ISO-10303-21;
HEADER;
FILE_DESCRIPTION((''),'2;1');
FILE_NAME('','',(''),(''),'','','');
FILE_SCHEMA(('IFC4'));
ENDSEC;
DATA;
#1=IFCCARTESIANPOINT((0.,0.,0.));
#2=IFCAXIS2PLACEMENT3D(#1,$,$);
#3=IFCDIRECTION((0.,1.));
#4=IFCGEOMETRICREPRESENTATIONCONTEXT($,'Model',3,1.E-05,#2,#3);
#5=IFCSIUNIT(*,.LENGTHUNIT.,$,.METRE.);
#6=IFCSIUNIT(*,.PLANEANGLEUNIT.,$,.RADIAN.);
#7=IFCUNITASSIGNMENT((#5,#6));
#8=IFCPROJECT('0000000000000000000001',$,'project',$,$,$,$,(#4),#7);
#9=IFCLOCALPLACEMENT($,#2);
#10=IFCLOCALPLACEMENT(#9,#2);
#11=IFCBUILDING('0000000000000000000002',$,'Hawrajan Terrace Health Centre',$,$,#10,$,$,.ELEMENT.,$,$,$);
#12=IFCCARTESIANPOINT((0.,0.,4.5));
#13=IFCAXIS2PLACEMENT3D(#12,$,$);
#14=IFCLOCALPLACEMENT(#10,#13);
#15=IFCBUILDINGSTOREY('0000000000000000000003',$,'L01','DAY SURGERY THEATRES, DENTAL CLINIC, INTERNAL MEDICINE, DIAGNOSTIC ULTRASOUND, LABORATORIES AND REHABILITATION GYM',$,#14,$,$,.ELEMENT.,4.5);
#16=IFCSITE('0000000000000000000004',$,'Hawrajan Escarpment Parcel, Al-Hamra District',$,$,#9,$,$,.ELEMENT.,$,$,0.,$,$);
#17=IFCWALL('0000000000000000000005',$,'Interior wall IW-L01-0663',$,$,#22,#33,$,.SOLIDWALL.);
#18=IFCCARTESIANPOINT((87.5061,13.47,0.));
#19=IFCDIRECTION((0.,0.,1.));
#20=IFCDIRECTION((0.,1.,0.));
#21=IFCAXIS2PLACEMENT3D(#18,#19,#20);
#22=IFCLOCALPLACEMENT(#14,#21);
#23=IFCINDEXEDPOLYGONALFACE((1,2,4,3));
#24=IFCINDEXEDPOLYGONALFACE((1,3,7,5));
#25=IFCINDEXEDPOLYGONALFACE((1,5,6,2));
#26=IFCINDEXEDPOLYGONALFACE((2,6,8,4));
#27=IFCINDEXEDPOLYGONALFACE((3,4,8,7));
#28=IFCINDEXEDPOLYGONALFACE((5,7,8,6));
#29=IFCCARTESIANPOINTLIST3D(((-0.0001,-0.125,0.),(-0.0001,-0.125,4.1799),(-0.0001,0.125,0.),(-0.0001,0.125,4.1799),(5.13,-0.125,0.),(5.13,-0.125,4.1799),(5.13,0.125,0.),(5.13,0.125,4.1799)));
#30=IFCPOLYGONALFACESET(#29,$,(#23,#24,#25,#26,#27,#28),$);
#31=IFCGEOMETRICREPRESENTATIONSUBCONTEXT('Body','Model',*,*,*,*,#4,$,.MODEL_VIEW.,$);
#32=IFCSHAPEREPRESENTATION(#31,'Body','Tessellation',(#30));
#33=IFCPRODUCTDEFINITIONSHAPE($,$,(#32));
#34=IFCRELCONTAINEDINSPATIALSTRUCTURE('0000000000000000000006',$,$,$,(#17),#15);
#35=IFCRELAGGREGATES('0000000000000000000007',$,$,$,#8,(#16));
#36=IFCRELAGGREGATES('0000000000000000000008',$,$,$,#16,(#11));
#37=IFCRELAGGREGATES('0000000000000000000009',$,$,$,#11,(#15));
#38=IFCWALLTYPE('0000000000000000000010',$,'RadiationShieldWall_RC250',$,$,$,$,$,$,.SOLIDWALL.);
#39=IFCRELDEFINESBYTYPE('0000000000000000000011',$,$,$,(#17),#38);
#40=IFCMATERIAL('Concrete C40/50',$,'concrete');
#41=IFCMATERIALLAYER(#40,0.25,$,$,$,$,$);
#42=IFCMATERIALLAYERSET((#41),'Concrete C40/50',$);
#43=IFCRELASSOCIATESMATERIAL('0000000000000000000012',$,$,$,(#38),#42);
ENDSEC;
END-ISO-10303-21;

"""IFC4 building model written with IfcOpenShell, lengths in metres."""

from ifc_helpers import new_model, si_unit, direction, frame, frame_2d, origin, place, context, subcontext, project, spatial, rectangle, extrude, material, layer, layer_set, type_object, element, save


model = new_model("IFC4")

# Units and contexts
model_context = context("Model", 3, precision=1e-05, world=origin(), true_north=direction((0.0, 1.0)))
body_context = subcontext(model_context, "Body", "Model", "MODEL_VIEW")
ifc_project = project(units=[si_unit("LENGTHUNIT", "METRE"), si_unit("PLANEANGLEUNIT", "RADIAN")], contexts=[model_context])

# Site, building, storey
site_placement = place(None, origin())
site = spatial("IfcSite", under=ifc_project, at=site_placement, Name="Hawrajan Escarpment Parcel, Al-Hamra District", CompositionType="ELEMENT", RefElevation=0.0)
building_placement = place(site_placement, origin())
building = spatial("IfcBuilding", under=site, at=building_placement, Name="Hawrajan Terrace Health Centre", CompositionType="ELEMENT")
storey_placement = place(building_placement, frame((0.0, 0.0, 4.5)))
storey = spatial("IfcBuildingStorey", under=building, at=storey_placement, Name="L01", Description="DAY SURGERY THEATRES, DENTAL CLINIC, INTERNAL MEDICINE, DIAGNOSTIC ULTRASOUND, LABORATORIES AND REHABILITATION GYM", CompositionType="ELEMENT", Elevation=4.5)

# Wall
ifc_material_1 = material(Name="Concrete C40/50", Category="concrete")
ifc_layer_1 = layer(ifc_material_1, 0.25)
ifc_layer_set_1 = layer_set([ifc_layer_1], Name="Concrete C40/50")
wall_type_1 = type_object("IfcWallType", Name="RadiationShieldWall_RC250", PredefinedType="SOLIDWALL", material=ifc_layer_set_1)
wall_1_placement = place(storey_placement, frame((87.5061, 13.47, 0.0), z_axis=(0.0, 0.0, 1.0), x_axis=(0.0, 1.0, 0.0)))
element("IfcWall", 1, at=wall_1_placement, inside=storey, type_object=wall_type_1, Name="Interior wall IW-L01-0663", PredefinedType="SOLIDWALL", context=body_context, shape_type="SweptSolid", body=[
    extrude(rectangle(XDim=5.1301, YDim=0.25, at=frame_2d((2.5649, 0.0))), origin(), (0.0, 0.0, 1.0), 4.1799),
])

save(model, "model.ifc")
